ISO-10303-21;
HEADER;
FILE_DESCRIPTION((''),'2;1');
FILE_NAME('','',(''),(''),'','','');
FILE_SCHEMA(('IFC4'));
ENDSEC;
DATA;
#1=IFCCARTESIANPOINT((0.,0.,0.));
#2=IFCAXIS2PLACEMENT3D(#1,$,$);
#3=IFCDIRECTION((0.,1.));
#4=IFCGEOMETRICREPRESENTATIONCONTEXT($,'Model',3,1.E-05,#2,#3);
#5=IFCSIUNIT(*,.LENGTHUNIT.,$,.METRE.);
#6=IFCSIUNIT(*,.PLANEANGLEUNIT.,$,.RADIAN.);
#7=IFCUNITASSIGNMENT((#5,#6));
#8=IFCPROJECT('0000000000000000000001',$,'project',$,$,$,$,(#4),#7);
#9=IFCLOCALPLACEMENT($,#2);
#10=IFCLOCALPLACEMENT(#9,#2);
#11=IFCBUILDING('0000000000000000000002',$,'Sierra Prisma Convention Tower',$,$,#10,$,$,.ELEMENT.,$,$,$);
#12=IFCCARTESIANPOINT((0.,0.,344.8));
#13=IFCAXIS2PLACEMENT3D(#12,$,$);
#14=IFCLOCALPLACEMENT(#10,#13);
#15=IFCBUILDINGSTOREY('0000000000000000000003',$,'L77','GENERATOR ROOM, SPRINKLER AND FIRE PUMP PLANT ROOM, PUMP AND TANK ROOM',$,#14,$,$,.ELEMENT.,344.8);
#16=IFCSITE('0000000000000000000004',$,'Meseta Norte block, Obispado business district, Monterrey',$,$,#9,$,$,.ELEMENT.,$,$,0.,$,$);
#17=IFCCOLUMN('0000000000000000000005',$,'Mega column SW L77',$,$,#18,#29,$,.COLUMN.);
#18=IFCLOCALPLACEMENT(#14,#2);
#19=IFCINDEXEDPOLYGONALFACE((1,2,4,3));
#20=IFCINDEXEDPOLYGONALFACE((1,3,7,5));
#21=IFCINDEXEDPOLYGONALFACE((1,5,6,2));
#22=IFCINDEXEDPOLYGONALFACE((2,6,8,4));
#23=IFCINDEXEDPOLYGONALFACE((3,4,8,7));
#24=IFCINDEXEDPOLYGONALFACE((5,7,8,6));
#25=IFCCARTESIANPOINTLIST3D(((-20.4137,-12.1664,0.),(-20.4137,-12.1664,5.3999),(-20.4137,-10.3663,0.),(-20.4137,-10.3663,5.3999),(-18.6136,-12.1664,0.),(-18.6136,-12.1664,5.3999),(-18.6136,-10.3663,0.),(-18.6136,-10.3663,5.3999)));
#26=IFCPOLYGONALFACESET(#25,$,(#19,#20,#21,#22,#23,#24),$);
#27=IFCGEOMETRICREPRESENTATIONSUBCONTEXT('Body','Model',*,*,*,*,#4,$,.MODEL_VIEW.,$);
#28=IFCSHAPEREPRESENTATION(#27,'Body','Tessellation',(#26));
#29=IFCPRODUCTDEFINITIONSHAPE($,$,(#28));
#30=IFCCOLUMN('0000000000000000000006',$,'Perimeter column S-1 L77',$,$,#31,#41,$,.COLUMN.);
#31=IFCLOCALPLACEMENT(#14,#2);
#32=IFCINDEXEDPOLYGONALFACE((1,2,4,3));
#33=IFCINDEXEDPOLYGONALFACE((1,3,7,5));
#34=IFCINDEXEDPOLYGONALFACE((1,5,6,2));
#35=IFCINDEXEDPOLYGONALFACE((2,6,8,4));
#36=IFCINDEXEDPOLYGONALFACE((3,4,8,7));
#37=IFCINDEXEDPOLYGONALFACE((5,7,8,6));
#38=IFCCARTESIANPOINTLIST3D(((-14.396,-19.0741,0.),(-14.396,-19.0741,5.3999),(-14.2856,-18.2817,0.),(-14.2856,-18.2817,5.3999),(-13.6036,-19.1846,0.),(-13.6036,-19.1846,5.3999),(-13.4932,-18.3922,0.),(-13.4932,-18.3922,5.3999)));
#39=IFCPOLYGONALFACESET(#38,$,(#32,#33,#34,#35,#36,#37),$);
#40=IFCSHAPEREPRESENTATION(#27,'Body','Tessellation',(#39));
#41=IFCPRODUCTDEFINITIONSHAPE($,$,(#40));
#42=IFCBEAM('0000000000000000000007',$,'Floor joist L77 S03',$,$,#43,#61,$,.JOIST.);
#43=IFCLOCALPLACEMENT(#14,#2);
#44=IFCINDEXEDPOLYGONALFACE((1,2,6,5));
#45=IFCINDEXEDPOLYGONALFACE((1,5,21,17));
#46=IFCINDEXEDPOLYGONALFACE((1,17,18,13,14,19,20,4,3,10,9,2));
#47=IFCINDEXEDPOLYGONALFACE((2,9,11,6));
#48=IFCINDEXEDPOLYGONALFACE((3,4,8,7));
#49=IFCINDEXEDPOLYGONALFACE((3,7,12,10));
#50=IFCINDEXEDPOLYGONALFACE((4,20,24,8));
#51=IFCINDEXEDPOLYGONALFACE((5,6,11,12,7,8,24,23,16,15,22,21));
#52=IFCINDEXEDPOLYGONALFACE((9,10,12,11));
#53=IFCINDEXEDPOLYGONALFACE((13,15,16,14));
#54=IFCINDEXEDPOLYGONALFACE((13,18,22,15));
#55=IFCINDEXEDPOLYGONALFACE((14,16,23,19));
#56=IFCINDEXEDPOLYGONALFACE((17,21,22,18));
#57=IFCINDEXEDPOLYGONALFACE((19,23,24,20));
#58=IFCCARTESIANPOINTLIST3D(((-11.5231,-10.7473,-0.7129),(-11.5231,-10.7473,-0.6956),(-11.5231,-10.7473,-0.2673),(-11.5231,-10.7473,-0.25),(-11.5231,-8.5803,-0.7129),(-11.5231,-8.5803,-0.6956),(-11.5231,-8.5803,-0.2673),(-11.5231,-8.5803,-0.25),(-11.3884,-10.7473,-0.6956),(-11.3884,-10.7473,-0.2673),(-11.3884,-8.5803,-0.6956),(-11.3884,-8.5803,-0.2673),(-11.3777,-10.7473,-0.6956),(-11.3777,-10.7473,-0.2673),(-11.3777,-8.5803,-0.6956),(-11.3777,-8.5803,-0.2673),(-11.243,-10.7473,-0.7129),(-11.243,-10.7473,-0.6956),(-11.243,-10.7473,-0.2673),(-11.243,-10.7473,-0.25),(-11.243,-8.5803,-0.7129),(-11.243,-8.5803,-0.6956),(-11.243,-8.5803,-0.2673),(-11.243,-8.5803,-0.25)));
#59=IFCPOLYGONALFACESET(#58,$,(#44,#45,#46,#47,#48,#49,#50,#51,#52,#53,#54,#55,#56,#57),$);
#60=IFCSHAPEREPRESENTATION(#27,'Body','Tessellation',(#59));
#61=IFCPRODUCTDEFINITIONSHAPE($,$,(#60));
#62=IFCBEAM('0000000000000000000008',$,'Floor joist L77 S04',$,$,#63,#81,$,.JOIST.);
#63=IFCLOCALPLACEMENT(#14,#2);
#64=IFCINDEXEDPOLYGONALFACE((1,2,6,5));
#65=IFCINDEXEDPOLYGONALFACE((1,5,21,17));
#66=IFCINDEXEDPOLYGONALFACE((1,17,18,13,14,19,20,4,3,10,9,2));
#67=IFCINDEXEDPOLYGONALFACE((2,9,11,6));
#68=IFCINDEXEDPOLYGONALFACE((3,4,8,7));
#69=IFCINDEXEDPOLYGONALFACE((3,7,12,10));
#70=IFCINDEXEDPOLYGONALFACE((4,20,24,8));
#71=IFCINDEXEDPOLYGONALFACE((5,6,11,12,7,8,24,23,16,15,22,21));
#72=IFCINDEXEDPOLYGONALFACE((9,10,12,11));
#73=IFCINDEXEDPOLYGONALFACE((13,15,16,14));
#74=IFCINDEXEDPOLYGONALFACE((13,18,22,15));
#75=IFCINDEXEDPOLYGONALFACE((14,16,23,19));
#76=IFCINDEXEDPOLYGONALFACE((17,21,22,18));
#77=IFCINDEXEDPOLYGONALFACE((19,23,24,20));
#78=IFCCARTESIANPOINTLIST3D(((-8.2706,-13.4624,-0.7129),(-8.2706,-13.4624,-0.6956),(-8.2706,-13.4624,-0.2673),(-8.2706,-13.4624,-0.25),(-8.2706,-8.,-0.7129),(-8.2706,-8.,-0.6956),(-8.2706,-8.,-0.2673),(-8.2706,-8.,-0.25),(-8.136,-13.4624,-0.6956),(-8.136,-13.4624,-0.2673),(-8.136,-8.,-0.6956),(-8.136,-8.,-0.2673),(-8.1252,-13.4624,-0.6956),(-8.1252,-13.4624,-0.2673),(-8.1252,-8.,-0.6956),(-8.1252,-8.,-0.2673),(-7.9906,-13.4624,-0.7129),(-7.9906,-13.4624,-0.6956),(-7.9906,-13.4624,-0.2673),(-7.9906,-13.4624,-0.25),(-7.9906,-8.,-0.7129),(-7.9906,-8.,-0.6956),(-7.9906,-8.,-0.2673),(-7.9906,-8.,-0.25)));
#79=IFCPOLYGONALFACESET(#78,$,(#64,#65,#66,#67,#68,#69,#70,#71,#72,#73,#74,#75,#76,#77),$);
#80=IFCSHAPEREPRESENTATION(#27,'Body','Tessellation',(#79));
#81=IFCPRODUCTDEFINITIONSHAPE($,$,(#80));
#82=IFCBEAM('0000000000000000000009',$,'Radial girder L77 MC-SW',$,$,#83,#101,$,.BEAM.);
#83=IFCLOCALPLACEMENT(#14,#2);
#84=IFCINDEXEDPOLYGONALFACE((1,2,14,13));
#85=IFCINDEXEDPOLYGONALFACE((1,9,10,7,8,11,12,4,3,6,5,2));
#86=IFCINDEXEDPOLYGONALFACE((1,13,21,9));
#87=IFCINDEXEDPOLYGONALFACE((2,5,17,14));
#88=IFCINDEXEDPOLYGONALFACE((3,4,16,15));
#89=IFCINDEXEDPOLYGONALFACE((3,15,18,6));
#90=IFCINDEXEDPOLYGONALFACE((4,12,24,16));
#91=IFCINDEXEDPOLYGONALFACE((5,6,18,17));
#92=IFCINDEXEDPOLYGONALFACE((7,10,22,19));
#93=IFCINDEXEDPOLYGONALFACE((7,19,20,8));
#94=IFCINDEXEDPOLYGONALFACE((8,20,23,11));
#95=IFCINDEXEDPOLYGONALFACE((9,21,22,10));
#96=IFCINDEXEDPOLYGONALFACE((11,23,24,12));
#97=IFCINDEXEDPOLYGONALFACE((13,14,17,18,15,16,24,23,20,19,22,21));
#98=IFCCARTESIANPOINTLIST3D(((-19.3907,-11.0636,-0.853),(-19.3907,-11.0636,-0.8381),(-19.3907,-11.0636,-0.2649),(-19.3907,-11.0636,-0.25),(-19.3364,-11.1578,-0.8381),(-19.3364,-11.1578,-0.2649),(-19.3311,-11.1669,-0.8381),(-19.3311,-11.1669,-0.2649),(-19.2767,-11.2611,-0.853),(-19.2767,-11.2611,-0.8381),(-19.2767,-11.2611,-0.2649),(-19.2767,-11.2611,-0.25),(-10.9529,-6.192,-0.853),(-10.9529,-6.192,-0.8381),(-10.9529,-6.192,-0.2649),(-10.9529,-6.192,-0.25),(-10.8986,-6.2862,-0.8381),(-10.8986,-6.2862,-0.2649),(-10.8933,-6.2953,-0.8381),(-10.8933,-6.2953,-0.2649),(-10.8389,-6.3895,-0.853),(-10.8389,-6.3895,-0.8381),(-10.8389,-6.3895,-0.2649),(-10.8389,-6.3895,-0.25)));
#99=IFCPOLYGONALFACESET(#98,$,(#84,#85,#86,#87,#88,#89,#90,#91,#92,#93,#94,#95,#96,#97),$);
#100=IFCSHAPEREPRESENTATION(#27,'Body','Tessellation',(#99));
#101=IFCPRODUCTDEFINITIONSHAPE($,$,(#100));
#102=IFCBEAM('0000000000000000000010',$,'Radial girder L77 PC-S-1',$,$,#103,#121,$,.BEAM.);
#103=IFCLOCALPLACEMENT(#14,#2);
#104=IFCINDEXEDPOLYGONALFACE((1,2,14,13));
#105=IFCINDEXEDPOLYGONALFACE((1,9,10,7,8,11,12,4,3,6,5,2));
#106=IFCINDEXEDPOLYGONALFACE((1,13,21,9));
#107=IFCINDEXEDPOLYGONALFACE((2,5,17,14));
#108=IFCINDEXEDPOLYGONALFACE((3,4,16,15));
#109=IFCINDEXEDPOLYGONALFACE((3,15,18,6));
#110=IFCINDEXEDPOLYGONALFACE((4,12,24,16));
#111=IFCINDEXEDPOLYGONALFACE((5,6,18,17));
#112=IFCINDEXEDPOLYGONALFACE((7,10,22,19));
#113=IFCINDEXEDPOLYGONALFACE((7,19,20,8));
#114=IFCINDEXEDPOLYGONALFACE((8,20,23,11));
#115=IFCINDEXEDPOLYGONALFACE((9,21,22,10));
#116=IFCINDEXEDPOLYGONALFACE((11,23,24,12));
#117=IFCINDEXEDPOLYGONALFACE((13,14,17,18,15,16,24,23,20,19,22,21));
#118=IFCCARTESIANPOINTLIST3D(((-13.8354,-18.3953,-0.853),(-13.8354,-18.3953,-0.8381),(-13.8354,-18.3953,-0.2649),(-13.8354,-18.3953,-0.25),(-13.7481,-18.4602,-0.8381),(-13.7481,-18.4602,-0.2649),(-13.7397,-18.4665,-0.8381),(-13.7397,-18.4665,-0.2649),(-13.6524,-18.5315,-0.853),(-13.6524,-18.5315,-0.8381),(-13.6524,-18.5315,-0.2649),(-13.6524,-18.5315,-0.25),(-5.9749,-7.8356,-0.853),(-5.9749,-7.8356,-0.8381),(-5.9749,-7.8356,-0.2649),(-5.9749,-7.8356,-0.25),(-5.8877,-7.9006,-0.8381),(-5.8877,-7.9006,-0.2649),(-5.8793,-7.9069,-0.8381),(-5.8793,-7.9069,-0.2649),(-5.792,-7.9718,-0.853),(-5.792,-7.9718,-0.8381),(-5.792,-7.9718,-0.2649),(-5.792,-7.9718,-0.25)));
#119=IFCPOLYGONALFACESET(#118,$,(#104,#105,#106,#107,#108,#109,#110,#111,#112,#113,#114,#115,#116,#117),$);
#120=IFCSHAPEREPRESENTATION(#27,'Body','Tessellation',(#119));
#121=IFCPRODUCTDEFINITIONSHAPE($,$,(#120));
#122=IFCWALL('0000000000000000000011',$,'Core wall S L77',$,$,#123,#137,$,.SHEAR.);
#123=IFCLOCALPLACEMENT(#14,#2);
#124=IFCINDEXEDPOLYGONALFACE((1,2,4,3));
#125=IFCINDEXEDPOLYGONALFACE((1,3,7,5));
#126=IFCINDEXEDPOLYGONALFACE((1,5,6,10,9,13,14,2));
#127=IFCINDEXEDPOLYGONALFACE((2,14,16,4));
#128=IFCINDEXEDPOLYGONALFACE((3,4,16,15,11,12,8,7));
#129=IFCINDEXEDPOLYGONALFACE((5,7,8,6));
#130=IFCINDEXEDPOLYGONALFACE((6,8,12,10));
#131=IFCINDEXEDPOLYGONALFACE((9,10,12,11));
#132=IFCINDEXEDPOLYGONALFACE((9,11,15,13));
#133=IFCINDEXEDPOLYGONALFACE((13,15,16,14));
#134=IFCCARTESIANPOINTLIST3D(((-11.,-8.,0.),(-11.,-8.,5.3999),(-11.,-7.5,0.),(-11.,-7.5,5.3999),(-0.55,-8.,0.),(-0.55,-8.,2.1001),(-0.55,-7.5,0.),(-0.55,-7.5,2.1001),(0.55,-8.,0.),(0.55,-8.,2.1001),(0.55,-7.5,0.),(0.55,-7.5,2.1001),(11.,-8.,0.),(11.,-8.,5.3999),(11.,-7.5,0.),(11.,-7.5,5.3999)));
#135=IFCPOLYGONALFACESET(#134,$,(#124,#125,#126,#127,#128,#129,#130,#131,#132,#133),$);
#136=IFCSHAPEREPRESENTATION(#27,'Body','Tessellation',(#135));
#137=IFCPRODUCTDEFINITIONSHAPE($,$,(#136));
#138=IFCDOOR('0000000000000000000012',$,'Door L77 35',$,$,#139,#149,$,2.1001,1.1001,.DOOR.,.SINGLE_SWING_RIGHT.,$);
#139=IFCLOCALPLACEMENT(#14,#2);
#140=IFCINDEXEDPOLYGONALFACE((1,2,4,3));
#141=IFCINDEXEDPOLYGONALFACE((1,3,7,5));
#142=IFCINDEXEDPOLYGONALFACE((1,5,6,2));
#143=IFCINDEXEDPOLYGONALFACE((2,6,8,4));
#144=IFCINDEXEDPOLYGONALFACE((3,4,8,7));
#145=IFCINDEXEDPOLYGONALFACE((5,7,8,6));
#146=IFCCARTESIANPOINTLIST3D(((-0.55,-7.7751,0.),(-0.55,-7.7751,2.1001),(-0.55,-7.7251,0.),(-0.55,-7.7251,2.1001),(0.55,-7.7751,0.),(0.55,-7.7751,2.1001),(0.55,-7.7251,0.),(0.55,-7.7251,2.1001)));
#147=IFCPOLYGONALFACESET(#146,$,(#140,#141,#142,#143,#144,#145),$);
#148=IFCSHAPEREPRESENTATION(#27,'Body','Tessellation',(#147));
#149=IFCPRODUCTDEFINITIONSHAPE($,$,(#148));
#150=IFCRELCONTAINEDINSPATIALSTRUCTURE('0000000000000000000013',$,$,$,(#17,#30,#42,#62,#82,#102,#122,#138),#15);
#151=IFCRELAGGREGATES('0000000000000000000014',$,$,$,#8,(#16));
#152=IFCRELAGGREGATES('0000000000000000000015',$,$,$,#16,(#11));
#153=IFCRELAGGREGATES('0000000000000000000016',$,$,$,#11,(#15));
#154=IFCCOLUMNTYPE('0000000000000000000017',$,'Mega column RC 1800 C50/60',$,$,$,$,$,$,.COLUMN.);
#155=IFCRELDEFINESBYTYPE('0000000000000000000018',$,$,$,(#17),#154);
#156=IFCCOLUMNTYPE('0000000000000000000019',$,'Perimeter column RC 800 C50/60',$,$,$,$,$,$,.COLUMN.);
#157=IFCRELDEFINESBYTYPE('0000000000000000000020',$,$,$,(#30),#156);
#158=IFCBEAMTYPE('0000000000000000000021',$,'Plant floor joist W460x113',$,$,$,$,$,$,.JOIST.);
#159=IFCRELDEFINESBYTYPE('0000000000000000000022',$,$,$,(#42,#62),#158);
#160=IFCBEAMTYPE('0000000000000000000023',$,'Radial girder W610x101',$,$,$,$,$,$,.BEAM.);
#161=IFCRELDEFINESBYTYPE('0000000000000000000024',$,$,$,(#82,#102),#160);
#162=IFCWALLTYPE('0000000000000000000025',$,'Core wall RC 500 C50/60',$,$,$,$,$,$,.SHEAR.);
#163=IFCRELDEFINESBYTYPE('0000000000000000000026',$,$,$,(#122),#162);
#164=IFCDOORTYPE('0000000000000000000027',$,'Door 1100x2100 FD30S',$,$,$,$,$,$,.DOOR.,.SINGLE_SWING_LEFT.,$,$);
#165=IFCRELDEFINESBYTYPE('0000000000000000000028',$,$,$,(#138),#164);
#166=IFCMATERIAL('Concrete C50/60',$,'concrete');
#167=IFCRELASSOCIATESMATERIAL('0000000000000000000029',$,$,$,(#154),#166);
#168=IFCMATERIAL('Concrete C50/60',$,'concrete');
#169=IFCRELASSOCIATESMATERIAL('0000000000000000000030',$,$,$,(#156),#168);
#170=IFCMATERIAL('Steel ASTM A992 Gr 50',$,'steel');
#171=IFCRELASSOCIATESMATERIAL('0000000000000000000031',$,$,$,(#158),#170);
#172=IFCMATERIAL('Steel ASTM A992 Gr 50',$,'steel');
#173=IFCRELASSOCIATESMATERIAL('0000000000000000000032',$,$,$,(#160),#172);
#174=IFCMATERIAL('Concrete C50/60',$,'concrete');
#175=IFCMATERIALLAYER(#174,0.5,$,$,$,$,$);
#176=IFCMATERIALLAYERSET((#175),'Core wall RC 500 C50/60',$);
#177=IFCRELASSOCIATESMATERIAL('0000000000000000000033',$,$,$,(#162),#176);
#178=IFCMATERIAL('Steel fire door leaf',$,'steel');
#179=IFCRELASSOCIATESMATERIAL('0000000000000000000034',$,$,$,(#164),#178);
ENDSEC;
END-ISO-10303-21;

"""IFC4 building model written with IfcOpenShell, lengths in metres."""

from ifc_helpers import new_model, si_unit, direction, frame, frame_2d, origin, origin_2d, place, context, subcontext, project, spatial, rectangle, i_section, extrude, material, layer, layer_set, material_profile, profile_set, type_object, element, fill, save


model = new_model("IFC4")

# Units and contexts
model_context = context("Model", 3, precision=1e-05, world=origin(), true_north=direction((0.0, 1.0)))
body_context = subcontext(model_context, "Body", "Model", "MODEL_VIEW")
ifc_project = project(units=[si_unit("LENGTHUNIT", "METRE"), si_unit("PLANEANGLEUNIT", "RADIAN")], contexts=[model_context])

# Site, building, storey
site_placement = place(None, origin())
site = spatial("IfcSite", under=ifc_project, at=site_placement, Name="Meseta Norte block, Obispado business district, Monterrey", CompositionType="ELEMENT", RefElevation=0.0)
building_placement = place(site_placement, origin())
building = spatial("IfcBuilding", under=site, at=building_placement, Name="Sierra Prisma Convention Tower", CompositionType="ELEMENT")
storey_placement = place(building_placement, frame((0.0, 0.0, 344.8)))
storey = spatial("IfcBuildingStorey", under=building, at=storey_placement, Name="L77", Description="GENERATOR ROOM, SPRINKLER AND FIRE PUMP PLANT ROOM, PUMP AND TANK ROOM", CompositionType="ELEMENT", Elevation=344.8)

# Columns
ifc_material_1 = material(Name="Concrete C50/60", Category="concrete")
ifc_material_profile_1 = material_profile(ifc_material_1, rectangle(XDim=1.8, YDim=1.8, at=origin_2d()), Name="Mega column RC 1800 C50/60")
ifc_profile_set_1 = profile_set([ifc_material_profile_1], Name="Concrete C50/60")
column_type_1 = type_object("IfcColumnType", Name="Mega column RC 1800 C50/60", PredefinedType="COLUMN", material=ifc_profile_set_1)
column_1_placement = place(storey_placement, frame((-19.5137, -11.2664, 0.0), z_axis=(0.0, 0.0, 1.0), x_axis=(1.0, 0.0, 0.0)))
element("IfcColumn", 1, at=column_1_placement, inside=storey, type_object=column_type_1, Name="Mega column SW L77", PredefinedType="COLUMN", context=body_context, shape_type="SweptSolid", body=[
    extrude(rectangle(XDim=1.8, YDim=1.8, at=origin_2d()), origin(), (0.0, 0.0, 1.0), 5.3999),
])
ifc_material_2 = material(Name="Concrete C50/60", Category="concrete")
ifc_material_profile_2 = material_profile(ifc_material_2, rectangle(XDim=0.8, YDim=0.8, at=origin_2d()), Name="Perimeter column RC 800 C50/60")
ifc_profile_set_2 = profile_set([ifc_material_profile_2], Name="Concrete C50/60")
column_type_2 = type_object("IfcColumnType", Name="Perimeter column RC 800 C50/60", PredefinedType="COLUMN", material=ifc_profile_set_2)
column_2_placement = place(storey_placement, frame((-13.9446, -18.7332, 0.0), z_axis=(0.0, 0.0, 1.0), x_axis=(-0.990429, 0.13802, 0.0)))
element("IfcColumn", 2, at=column_2_placement, inside=storey, type_object=column_type_2, Name="Perimeter column S-1 L77", PredefinedType="COLUMN", context=body_context, shape_type="SweptSolid", body=[
    extrude(rectangle(XDim=0.8, YDim=0.8, at=origin_2d()), origin(), (0.0, 0.0, 1.0), 5.3999),
])

# Beams
ifc_material_3 = material(Name="Steel ASTM A992 Gr 50", Category="steel")
ifc_material_profile_3 = material_profile(ifc_material_3, i_section(OverallWidth=0.28, OverallDepth=0.4629, WebThickness=0.0107, FlangeThickness=0.0173, at=origin_2d()), Name="W460x113")
ifc_profile_set_3 = profile_set([ifc_material_profile_3], Name="Steel ASTM A992 Gr 50")
beam_type_1 = type_object("IfcBeamType", Name="Plant floor joist W460x113", PredefinedType="JOIST", material=ifc_profile_set_3)
beam_1_placement = place(storey_placement, frame((-11.3831, -10.7473, -0.4814), z_axis=(0.0, 1.0, 0.0), x_axis=(-1.0, 0.0, 0.0)))
element("IfcBeam", 3, at=beam_1_placement, inside=storey, type_object=beam_type_1, Name="Floor joist L77 S03", PredefinedType="JOIST", context=body_context, shape_type="SweptSolid", body=[
    extrude(i_section(OverallWidth=0.28, OverallDepth=0.4629, WebThickness=0.0107, FlangeThickness=0.0173, at=origin_2d()), origin(), (0.0, 0.0, 1.0), 2.167),
])
beam_2_placement = place(storey_placement, frame((-8.1306, -13.4624, -0.4814), z_axis=(0.0, 1.0, 0.0), x_axis=(-1.0, 0.0, 0.0)))
element("IfcBeam", 4, at=beam_2_placement, inside=storey, type_object=beam_type_1, Name="Floor joist L77 S04", PredefinedType="JOIST", context=body_context, shape_type="SweptSolid", body=[
    extrude(i_section(OverallWidth=0.28, OverallDepth=0.4629, WebThickness=0.0107, FlangeThickness=0.0173, at=origin_2d()), origin(), (0.0, 0.0, 1.0), 5.4624),
])
ifc_material_4 = material(Name="Steel ASTM A992 Gr 50", Category="steel")
ifc_material_profile_4 = material_profile(ifc_material_4, i_section(OverallWidth=0.228, OverallDepth=0.603, WebThickness=0.0105, FlangeThickness=0.0149, at=origin_2d()), Name="W610x101")
ifc_profile_set_4 = profile_set([ifc_material_profile_4], Name="Steel ASTM A992 Gr 50")
beam_type_2 = type_object("IfcBeamType", Name="Radial girder W610x101", PredefinedType="BEAM", material=ifc_profile_set_4)
beam_3_placement = place(storey_placement, frame((-19.3337, -11.1624, -0.5515), z_axis=(0.866023, 0.500004, 0.0), x_axis=(-0.500004, 0.866023, 0.0)))
element("IfcBeam", 5, at=beam_3_placement, inside=storey, type_object=beam_type_2, Name="Radial girder L77 MC-SW", PredefinedType="BEAM", context=body_context, shape_type="SweptSolid", body=[
    extrude(i_section(OverallWidth=0.228, OverallDepth=0.603, WebThickness=0.0105, FlangeThickness=0.0149, at=origin_2d()), origin(), (0.0, 0.0, 1.0), 9.7432),
])
beam_4_placement = place(storey_placement, frame((-13.7439, -18.4634, -0.5515), z_axis=(0.597112, 0.802158, 0.0), x_axis=(-0.802158, 0.597112, 0.0)))
element("IfcBeam", 6, at=beam_4_placement, inside=storey, type_object=beam_type_2, Name="Radial girder L77 PC-S-1", PredefinedType="BEAM", context=body_context, shape_type="SweptSolid", body=[
    extrude(i_section(OverallWidth=0.228, OverallDepth=0.603, WebThickness=0.0105, FlangeThickness=0.0149, at=origin_2d()), origin(), (0.0, 0.0, 1.0), 13.1641),
])

# Wall, opening, door
ifc_material_5 = material(Name="Concrete C50/60", Category="concrete")
ifc_layer_1 = layer(ifc_material_5, 0.5)
ifc_layer_set_1 = layer_set([ifc_layer_1], Name="Core wall RC 500 C50/60")
wall_type_1 = type_object("IfcWallType", Name="Core wall RC 500 C50/60", PredefinedType="SHEAR", material=ifc_layer_set_1)
wall_1_placement = place(storey_placement, frame((-11.0, -7.75, 0.0), z_axis=(0.0, 0.0, 1.0), x_axis=(1.0, 0.0, 0.0)))
wall_1 = element("IfcWall", 7, at=wall_1_placement, inside=storey, type_object=wall_type_1, Name="Core wall S L77", PredefinedType="SHEAR", context=body_context, shape_type="SweptSolid", body=[
    extrude(rectangle(XDim=22.0, YDim=0.5, at=frame_2d((11.0, 0.0))), origin(), (0.0, 0.0, 1.0), 5.3999),
])
opening_1_placement = place(wall_1_placement, frame((10.45, 0.0, 0.0)))
opening_1 = element("IfcOpeningElement", 8, at=opening_1_placement, cuts=wall_1, PredefinedType="OPENING", context=body_context, shape_type="SweptSolid", body=[
    extrude(rectangle(XDim=1.1001, YDim=2.1001, at=frame_2d((0.55, 1.05))), frame((0.0, 0.25, 0.0), z_axis=(0.0, -1.0, 0.0), x_axis=(1.0, 0.0, 0.0)), (0.0, 0.0, 1.0), 0.5),
])
ifc_material_6 = material(Name="Steel fire door leaf", Category="steel")
door_type_1 = type_object("IfcDoorType", Name="Door 1100x2100 FD30S", OperationType="SINGLE_SWING_LEFT", PredefinedType="DOOR", material=ifc_material_6)
door_1_placement = place(opening_1_placement, origin())
door_1 = element("IfcDoor", 9, at=door_1_placement, inside=storey, type_object=door_type_1, Name="Door L77 35", OperationType="SINGLE_SWING_RIGHT", OverallHeight=2.1001, OverallWidth=1.1001, PredefinedType="DOOR", context=body_context, shape_type="SweptSolid", body=[
    extrude(rectangle(XDim=1.1001, YDim=2.1001, at=frame_2d((0.55, 1.05))), frame((0.0, 0.0249, 0.0), z_axis=(0.0, -1.0, 0.0), x_axis=(1.0, 0.0, 0.0)), (0.0, 0.0, 1.0), 0.05),
])
fill(opening_1, door_1)

save(model, "model.ifc")
